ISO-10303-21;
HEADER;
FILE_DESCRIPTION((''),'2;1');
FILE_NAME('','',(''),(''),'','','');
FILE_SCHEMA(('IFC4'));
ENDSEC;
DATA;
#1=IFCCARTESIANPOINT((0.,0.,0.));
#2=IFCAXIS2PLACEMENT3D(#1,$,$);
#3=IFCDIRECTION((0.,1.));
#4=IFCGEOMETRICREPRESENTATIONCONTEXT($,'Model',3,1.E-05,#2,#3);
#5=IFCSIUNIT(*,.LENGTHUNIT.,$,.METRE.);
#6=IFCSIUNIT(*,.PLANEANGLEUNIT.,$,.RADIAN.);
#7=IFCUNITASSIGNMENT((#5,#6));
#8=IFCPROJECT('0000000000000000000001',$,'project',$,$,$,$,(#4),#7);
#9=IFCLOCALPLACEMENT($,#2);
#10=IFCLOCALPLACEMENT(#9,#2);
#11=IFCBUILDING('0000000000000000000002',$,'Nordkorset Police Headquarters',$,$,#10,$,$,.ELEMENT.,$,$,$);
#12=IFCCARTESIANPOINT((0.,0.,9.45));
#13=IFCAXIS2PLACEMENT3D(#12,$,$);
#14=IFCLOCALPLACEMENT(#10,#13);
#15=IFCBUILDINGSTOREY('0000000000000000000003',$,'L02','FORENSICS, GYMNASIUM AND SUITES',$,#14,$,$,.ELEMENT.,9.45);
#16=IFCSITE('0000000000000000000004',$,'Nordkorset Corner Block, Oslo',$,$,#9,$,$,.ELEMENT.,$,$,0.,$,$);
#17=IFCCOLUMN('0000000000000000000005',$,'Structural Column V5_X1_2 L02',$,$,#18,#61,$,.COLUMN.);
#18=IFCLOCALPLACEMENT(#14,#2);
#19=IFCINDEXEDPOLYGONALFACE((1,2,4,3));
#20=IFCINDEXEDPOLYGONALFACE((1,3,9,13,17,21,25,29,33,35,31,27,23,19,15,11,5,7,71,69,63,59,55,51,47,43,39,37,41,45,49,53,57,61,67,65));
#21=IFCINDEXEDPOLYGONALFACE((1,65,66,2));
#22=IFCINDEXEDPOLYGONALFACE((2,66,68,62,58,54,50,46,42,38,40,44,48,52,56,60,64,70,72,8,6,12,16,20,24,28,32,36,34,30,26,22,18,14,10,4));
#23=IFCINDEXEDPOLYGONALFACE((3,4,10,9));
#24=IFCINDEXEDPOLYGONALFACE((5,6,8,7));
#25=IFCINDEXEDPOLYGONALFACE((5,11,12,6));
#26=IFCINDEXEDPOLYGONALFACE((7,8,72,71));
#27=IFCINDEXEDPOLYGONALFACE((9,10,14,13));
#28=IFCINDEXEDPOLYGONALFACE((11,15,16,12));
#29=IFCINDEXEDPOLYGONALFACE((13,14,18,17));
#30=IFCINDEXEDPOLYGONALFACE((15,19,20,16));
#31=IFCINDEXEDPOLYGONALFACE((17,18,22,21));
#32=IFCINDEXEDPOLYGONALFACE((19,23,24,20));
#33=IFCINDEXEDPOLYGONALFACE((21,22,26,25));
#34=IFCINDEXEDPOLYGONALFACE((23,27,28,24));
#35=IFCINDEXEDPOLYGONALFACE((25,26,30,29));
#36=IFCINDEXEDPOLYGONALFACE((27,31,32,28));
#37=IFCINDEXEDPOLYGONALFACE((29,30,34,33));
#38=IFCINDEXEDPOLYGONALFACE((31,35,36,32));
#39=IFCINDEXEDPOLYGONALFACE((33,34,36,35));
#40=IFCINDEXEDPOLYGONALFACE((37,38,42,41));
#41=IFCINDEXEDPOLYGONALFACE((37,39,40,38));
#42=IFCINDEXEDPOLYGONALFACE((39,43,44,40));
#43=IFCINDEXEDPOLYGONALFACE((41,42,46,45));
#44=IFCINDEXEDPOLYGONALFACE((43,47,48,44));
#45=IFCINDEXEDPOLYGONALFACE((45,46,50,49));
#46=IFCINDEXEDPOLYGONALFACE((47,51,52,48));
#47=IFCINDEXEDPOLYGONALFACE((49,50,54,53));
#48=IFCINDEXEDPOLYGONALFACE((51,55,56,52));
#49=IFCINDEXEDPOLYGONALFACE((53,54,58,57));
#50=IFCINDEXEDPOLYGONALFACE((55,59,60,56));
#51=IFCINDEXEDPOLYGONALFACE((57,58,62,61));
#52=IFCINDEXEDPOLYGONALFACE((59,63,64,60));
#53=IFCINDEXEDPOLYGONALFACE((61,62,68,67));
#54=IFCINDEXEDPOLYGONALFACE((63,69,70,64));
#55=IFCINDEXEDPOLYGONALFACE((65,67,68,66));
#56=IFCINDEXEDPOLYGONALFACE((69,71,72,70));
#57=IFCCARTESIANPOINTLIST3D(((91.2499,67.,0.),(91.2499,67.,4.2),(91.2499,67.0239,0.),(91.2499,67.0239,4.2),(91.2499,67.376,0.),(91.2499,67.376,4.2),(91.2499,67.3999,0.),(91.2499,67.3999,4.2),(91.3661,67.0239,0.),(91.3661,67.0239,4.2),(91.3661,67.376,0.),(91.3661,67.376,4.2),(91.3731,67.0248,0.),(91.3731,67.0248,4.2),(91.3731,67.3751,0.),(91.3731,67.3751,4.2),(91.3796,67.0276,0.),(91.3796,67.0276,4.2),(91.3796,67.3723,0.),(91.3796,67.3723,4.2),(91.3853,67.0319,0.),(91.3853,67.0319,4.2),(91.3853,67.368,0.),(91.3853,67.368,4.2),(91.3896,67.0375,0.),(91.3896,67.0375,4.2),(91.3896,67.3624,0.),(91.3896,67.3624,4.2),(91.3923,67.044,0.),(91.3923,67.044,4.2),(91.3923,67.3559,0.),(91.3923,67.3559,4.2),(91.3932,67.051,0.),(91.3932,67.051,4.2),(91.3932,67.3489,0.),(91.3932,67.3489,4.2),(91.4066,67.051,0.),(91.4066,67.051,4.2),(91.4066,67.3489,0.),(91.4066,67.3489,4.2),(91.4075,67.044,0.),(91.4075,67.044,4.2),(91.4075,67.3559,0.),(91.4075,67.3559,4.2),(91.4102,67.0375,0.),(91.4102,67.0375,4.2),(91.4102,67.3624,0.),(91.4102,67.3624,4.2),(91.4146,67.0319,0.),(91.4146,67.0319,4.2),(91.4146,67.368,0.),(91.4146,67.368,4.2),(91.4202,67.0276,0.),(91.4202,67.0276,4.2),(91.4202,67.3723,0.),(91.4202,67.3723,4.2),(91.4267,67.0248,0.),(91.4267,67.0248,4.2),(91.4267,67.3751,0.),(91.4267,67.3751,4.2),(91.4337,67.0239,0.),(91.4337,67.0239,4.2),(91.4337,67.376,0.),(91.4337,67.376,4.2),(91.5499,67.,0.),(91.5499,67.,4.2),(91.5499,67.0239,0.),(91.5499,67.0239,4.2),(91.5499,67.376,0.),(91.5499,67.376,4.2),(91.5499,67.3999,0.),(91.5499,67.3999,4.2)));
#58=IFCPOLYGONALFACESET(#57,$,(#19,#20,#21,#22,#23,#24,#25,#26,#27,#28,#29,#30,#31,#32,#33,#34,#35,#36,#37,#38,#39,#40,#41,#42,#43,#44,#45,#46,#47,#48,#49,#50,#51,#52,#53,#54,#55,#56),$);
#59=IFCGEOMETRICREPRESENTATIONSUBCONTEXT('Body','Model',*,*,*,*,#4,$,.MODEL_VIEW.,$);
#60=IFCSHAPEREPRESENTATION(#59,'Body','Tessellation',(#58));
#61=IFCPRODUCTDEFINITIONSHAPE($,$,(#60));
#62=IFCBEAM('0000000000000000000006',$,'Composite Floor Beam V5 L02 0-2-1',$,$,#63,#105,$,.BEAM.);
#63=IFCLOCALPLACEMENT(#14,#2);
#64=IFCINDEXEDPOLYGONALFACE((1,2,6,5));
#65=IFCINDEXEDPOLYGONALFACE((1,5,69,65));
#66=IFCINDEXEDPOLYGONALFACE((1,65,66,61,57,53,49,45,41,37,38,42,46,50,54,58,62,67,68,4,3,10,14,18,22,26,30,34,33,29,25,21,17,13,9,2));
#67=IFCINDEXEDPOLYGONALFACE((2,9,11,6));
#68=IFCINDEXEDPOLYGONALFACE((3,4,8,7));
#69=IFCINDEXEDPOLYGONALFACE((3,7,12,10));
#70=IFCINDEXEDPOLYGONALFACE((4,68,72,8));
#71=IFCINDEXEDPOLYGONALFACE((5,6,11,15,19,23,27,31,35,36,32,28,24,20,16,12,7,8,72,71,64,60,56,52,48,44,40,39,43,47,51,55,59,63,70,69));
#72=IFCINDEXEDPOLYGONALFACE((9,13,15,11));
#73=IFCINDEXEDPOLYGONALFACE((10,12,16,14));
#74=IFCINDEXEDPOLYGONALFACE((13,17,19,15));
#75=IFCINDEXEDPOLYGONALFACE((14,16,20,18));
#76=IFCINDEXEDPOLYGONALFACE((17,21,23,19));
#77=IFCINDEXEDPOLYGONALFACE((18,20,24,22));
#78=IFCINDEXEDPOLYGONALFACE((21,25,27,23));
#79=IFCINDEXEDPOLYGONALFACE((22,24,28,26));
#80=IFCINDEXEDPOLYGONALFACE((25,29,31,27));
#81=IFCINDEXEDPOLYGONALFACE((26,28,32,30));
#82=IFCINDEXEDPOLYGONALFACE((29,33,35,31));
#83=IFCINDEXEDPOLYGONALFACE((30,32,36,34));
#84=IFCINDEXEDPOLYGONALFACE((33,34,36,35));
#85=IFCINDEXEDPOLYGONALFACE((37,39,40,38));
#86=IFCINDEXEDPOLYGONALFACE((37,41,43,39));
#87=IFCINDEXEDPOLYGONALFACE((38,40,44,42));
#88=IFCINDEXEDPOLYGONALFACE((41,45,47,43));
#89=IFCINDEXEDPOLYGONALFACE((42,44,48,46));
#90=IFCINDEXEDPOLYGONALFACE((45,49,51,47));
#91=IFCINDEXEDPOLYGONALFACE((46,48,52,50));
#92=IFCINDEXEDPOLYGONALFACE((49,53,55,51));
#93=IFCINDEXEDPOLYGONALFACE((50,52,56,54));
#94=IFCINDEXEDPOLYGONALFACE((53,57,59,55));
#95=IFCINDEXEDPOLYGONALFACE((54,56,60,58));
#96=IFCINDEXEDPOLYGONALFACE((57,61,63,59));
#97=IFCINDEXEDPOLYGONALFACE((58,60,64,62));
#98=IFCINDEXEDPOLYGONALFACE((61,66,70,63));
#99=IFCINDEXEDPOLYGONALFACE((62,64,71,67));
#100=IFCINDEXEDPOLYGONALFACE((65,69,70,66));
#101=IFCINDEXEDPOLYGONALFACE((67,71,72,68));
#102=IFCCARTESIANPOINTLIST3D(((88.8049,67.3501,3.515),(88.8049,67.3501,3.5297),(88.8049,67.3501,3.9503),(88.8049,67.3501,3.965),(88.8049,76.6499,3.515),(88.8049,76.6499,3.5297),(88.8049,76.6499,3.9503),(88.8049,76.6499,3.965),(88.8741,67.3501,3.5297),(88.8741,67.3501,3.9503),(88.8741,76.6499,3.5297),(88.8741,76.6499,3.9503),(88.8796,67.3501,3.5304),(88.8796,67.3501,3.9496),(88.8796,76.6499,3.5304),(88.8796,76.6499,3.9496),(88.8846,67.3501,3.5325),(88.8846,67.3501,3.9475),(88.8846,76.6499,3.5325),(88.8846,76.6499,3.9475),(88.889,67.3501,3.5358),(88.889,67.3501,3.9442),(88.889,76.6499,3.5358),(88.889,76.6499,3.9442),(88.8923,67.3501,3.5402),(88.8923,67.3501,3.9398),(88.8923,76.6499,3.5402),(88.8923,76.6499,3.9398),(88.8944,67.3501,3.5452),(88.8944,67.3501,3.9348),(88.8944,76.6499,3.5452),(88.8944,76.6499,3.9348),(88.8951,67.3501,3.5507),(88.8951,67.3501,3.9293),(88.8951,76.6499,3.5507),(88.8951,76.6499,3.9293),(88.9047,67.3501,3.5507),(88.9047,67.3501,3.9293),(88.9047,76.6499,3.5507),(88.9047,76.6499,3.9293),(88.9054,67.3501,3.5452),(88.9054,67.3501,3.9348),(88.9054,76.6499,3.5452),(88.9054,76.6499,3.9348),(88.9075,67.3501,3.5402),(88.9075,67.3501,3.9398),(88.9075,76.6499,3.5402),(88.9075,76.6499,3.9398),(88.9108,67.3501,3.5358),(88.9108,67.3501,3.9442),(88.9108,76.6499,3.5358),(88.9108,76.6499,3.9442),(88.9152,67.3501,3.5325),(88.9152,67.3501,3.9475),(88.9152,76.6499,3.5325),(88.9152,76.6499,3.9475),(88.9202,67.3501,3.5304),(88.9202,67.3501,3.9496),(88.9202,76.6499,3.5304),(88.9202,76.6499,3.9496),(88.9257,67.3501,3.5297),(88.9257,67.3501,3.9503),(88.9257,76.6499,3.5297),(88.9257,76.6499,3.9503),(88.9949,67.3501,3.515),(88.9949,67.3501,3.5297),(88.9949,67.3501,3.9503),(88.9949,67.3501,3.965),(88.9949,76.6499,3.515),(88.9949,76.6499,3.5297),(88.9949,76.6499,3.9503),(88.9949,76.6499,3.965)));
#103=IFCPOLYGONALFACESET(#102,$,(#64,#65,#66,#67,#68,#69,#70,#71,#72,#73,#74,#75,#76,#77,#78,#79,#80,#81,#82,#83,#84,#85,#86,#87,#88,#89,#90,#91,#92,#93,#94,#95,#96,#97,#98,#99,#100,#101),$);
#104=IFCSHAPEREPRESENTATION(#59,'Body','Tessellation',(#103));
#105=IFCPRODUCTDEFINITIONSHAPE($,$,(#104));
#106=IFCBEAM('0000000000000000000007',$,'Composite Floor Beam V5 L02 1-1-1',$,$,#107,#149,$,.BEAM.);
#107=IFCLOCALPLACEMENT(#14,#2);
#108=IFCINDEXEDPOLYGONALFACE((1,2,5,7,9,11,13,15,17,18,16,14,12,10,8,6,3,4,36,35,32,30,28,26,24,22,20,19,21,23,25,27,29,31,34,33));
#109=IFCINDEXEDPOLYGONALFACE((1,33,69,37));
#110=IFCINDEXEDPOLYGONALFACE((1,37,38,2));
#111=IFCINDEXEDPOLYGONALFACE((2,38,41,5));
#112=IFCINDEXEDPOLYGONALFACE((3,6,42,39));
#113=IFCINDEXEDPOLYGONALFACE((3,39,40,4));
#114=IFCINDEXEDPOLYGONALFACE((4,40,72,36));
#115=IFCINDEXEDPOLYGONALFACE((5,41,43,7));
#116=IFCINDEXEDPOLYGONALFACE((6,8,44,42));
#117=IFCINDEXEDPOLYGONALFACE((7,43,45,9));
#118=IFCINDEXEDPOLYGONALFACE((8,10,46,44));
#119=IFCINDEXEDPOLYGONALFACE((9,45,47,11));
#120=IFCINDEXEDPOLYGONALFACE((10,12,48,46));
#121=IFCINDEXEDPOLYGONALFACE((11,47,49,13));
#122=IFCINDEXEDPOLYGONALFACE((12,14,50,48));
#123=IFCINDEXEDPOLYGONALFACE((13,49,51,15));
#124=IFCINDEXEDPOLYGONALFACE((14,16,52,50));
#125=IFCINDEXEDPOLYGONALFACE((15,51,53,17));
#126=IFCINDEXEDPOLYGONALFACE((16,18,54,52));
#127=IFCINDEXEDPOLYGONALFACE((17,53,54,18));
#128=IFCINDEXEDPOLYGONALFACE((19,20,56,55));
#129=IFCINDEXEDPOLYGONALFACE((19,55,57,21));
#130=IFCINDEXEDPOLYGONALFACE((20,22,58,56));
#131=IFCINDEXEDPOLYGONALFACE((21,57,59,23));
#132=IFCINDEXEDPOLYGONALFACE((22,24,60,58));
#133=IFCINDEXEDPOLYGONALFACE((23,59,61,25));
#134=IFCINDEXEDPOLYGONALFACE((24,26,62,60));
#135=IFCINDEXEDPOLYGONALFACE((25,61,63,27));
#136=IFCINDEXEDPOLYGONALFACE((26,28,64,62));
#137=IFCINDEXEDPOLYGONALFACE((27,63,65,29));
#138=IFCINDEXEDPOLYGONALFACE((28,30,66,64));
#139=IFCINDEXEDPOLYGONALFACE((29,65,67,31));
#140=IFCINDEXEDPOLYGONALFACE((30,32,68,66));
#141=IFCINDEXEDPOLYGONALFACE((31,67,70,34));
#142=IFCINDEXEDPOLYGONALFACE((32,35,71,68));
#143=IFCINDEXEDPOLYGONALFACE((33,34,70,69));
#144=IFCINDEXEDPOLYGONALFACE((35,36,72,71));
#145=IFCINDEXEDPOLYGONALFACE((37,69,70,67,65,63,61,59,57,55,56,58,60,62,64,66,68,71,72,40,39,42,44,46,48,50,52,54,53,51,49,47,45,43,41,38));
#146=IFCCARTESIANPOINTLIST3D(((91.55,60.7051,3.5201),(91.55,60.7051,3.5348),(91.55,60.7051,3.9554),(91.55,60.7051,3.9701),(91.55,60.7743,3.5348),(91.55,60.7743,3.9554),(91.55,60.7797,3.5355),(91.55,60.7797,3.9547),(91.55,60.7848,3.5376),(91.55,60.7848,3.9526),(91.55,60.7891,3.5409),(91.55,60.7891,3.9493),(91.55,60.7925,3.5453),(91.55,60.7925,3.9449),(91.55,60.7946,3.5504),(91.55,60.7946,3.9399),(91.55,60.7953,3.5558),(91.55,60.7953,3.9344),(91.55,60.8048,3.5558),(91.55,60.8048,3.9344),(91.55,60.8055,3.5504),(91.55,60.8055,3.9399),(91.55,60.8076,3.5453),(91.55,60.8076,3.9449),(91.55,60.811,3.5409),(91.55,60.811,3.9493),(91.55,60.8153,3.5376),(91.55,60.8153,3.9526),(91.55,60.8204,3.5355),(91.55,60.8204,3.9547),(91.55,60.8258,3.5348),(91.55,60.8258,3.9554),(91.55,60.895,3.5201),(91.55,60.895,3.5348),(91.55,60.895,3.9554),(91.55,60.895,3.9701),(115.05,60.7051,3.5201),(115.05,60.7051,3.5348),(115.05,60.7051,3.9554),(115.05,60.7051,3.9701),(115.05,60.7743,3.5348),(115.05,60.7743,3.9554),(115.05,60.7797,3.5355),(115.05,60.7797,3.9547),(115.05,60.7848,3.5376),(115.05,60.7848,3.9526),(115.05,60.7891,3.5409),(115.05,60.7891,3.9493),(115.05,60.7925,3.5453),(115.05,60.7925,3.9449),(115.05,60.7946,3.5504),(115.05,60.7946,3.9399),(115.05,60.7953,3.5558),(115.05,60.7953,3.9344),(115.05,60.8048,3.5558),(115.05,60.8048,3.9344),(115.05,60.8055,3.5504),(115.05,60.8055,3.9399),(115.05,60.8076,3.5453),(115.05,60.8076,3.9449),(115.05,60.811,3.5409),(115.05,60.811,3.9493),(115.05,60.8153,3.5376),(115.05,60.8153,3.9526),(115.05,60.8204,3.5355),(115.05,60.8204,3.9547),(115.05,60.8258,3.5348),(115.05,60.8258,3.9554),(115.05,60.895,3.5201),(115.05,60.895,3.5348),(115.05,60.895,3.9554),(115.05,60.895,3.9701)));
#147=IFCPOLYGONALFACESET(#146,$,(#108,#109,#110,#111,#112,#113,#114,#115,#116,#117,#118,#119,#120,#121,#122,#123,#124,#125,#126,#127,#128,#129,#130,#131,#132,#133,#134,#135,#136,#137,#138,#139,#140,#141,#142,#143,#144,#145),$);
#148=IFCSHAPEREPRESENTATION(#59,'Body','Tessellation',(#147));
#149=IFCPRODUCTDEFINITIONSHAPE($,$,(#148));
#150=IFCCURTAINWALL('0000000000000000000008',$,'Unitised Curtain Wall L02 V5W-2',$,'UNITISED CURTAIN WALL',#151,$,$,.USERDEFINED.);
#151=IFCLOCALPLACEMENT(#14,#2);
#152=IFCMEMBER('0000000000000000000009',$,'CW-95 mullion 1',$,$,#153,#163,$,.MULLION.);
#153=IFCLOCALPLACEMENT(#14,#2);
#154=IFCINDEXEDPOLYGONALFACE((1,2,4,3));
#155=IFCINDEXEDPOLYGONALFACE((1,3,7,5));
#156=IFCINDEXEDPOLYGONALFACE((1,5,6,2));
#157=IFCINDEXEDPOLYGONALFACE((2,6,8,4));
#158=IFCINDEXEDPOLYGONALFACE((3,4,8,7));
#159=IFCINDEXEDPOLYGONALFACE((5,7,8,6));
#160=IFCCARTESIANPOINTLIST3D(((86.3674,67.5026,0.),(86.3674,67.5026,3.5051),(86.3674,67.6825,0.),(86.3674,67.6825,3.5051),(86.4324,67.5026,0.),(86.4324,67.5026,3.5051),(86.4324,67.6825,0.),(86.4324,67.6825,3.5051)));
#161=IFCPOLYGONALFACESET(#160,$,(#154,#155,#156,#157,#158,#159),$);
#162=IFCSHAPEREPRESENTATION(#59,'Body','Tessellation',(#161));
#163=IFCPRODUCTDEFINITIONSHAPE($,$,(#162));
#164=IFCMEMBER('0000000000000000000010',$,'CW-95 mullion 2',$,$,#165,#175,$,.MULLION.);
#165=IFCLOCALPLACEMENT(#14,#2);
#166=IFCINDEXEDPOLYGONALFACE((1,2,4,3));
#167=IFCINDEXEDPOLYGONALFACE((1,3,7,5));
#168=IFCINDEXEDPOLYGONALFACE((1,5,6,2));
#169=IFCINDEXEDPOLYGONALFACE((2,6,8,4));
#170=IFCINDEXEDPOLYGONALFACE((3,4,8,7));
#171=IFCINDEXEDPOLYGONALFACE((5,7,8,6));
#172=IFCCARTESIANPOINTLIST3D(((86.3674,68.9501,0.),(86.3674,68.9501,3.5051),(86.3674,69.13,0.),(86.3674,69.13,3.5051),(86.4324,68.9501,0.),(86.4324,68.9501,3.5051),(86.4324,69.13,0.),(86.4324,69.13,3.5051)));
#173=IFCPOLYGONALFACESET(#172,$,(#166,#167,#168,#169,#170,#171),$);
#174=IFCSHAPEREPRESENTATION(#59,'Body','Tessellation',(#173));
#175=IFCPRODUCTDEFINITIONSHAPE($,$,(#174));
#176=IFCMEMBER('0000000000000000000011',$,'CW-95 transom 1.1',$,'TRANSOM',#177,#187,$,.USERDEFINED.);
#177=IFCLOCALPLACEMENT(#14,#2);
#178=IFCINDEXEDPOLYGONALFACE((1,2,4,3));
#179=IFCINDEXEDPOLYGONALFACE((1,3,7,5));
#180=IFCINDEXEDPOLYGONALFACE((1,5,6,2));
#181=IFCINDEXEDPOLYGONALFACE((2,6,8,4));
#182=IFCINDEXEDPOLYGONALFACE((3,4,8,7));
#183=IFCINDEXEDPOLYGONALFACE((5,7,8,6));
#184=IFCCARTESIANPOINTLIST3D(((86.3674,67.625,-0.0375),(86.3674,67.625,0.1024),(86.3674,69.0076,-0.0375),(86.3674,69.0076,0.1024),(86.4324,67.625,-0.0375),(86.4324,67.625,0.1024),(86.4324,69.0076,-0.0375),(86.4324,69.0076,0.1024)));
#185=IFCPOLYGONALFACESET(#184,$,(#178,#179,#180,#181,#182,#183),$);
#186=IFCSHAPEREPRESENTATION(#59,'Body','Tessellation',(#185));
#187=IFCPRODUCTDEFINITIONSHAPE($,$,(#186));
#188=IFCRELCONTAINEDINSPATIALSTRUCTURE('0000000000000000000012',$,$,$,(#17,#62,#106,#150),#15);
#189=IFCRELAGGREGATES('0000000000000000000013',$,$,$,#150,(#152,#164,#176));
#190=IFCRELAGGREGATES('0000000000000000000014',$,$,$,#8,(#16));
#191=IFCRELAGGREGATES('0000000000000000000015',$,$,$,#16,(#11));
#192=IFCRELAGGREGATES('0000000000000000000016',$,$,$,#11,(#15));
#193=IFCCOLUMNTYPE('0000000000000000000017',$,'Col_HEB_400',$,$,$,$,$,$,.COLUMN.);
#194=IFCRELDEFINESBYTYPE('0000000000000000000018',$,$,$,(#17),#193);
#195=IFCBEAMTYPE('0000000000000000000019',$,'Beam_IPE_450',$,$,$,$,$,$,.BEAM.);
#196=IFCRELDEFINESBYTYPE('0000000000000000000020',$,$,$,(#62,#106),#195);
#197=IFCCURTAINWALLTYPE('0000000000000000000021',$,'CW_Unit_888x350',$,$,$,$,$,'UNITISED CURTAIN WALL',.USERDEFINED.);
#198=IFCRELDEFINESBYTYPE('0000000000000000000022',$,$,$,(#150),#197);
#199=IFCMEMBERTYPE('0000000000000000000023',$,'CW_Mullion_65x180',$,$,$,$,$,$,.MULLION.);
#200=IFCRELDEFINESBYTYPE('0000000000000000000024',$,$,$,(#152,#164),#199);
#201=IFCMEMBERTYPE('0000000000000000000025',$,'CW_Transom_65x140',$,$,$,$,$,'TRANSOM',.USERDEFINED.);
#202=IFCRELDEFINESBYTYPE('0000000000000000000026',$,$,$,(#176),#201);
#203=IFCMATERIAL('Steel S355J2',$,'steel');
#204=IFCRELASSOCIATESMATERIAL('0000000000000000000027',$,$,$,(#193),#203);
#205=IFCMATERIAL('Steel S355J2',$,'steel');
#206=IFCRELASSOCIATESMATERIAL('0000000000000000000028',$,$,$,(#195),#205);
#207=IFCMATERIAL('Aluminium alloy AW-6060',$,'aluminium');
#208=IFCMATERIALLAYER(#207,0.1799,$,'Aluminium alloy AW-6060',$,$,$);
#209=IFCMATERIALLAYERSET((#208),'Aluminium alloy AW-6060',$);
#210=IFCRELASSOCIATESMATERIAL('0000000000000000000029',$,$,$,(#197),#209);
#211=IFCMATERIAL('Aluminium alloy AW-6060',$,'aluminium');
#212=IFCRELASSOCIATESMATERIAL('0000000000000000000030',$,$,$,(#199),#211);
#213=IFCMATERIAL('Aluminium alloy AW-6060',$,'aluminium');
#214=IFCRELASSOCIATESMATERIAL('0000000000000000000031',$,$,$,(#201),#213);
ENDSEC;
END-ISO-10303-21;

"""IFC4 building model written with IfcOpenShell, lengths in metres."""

from ifc_helpers import new_model, si_unit, direction, frame, origin, origin_2d, place, context, subcontext, project, spatial, rectangle, i_section, extrude, material, layer, layer_set, material_profile, profile_set, type_object, element, aggregate, save


model = new_model("IFC4")

# Units and contexts
model_context = context("Model", 3, precision=1e-05, world=origin(), true_north=direction((0.0, 1.0)))
body_context = subcontext(model_context, "Body", "Model", "MODEL_VIEW")
ifc_project = project(units=[si_unit("LENGTHUNIT", "METRE"), si_unit("PLANEANGLEUNIT", "RADIAN")], contexts=[model_context])

# Site, building, storey
site_placement = place(None, origin())
site = spatial("IfcSite", under=ifc_project, at=site_placement, Name="Nordkorset Corner Block, Oslo", CompositionType="ELEMENT", RefElevation=0.0)
building_placement = place(site_placement, origin())
building = spatial("IfcBuilding", under=site, at=building_placement, Name="Nordkorset Police Headquarters", CompositionType="ELEMENT")
storey_placement = place(building_placement, frame((0.0, 0.0, 9.45)))
storey = spatial("IfcBuildingStorey", under=building, at=storey_placement, Name="L02", Description="FORENSICS, GYMNASIUM AND SUITES", CompositionType="ELEMENT", Elevation=9.45)

# Column
ifc_material_1 = material(Name="Steel S355J2", Category="steel")
ifc_material_profile_1 = material_profile(ifc_material_1, i_section(OverallWidth=0.3, OverallDepth=0.3999, WebThickness=0.0134, FlangeThickness=0.0239, FilletRadius=0.0271, at=origin_2d()), Name="HEB 400")
ifc_profile_set_1 = profile_set([ifc_material_profile_1], Name="Steel S355J2")
column_type = type_object("IfcColumnType", Name="Col_HEB_400", PredefinedType="COLUMN", material=ifc_profile_set_1)
column_placement = place(storey_placement, frame((91.3999, 67.2, 0.0), z_axis=(0.0, 0.0, 1.0), x_axis=(1.0, 0.0, 0.0)))
element("IfcColumn", 1, at=column_placement, inside=storey, type_object=column_type, Name="Structural Column V5_X1_2 L02", PredefinedType="COLUMN", context=body_context, shape_type="SweptSolid", body=[
    extrude(i_section(OverallWidth=0.3, OverallDepth=0.3999, WebThickness=0.0134, FlangeThickness=0.0239, FilletRadius=0.0271, at=origin_2d()), origin(), (0.0, 0.0, 1.0), 4.2),
])

# Beams
ifc_material_2 = material(Name="Steel S355J2", Category="steel")
ifc_material_profile_2 = material_profile(ifc_material_2, i_section(OverallWidth=0.1899, OverallDepth=0.45, WebThickness=0.0095, FlangeThickness=0.0146, FilletRadius=0.021, at=origin_2d()), Name="IPE 450")
ifc_profile_set_2 = profile_set([ifc_material_profile_2], Name="Steel S355J2")
beam_type_1 = type_object("IfcBeamType", Name="Beam_IPE_450", PredefinedType="BEAM", material=ifc_profile_set_2)
beam_1_placement = place(storey_placement, frame((88.8999, 67.3501, 3.74), z_axis=(0.0, 1.0, 0.0), x_axis=(-1.0, 0.0, 0.0)))
element("IfcBeam", 2, at=beam_1_placement, inside=storey, type_object=beam_type_1, Name="Composite Floor Beam V5 L02 0-2-1", PredefinedType="BEAM", context=body_context, shape_type="SweptSolid", body=[
    extrude(i_section(OverallWidth=0.1899, OverallDepth=0.45, WebThickness=0.0095, FlangeThickness=0.0146, FilletRadius=0.021, at=origin_2d()), origin(), (0.0, 0.0, 1.0), 9.2998),
])
beam_2_placement = place(storey_placement, frame((91.55, 60.8, 3.7451), z_axis=(1.0, 0.0, 0.0), x_axis=(0.0, 1.0, 0.0)))
element("IfcBeam", 3, at=beam_2_placement, inside=storey, type_object=beam_type_1, Name="Composite Floor Beam V5 L02 1-1-1", PredefinedType="BEAM", context=body_context, shape_type="SweptSolid", body=[
    extrude(i_section(OverallWidth=0.1899, OverallDepth=0.45, WebThickness=0.0095, FlangeThickness=0.0146, FilletRadius=0.021, at=origin_2d()), origin(), (0.0, 0.0, 1.0), 23.5),
])

# Curtain wall, members
ifc_material_3 = material(Name="Aluminium alloy AW-6060", Category="aluminium")
ifc_layer_1 = layer(ifc_material_3, 0.1799, Name="Aluminium alloy AW-6060")
ifc_layer_set_1 = layer_set([ifc_layer_1], Name="Aluminium alloy AW-6060")
curtain_wall_type = type_object("IfcCurtainWallType", Name="CW_Unit_888x350", ElementType="UNITISED CURTAIN WALL", PredefinedType="USERDEFINED", material=ifc_layer_set_1)
curtain_wall_placement = place(storey_placement, origin())
curtain_wall = element("IfcCurtainWall", 4, at=curtain_wall_placement, inside=storey, type_object=curtain_wall_type, Name="Unitised Curtain Wall L02 V5W-2", ObjectType="UNITISED CURTAIN WALL", PredefinedType="USERDEFINED")
ifc_material_4 = material(Name="Aluminium alloy AW-6060", Category="aluminium")
ifc_material_profile_3 = material_profile(ifc_material_4, rectangle(XDim=0.0649, YDim=0.1799, at=origin_2d()), Name="ALU MULL 65x180")
ifc_profile_set_3 = profile_set([ifc_material_profile_3], Name="Aluminium alloy AW-6060")
member_type_1 = type_object("IfcMemberType", Name="CW_Mullion_65x180", PredefinedType="MULLION", material=ifc_profile_set_3)
member_1_placement = place(storey_placement, frame((86.3999, 67.5925, 0.0), z_axis=(0.0, 0.0, 1.0), x_axis=(-1.0, 0.0, 0.0)))
member_1 = element("IfcMember", 5, at=member_1_placement, type_object=member_type_1, Name="CW-95 mullion 1", PredefinedType="MULLION", context=body_context, shape_type="SweptSolid", body=[
    extrude(rectangle(XDim=0.0649, YDim=0.1799, at=origin_2d()), origin(), (0.0, 0.0, 1.0), 3.5051),
])
member_2_placement = place(storey_placement, frame((86.3999, 69.04, 0.0), z_axis=(0.0, 0.0, 1.0), x_axis=(-1.0, 0.0, 0.0)))
member_2 = element("IfcMember", 6, at=member_2_placement, type_object=member_type_1, Name="CW-95 mullion 2", PredefinedType="MULLION", context=body_context, shape_type="SweptSolid", body=[
    extrude(rectangle(XDim=0.0649, YDim=0.1799, at=origin_2d()), origin(), (0.0, 0.0, 1.0), 3.5051),
])
ifc_material_5 = material(Name="Aluminium alloy AW-6060", Category="aluminium")
ifc_material_profile_4 = material_profile(ifc_material_5, rectangle(XDim=0.0649, YDim=0.1399, at=origin_2d()), Name="ALU TRAN 65x140")
ifc_profile_set_4 = profile_set([ifc_material_profile_4], Name="Aluminium alloy AW-6060")
member_type_2 = type_object("IfcMemberType", Name="CW_Transom_65x140", ElementType="TRANSOM", PredefinedType="USERDEFINED", material=ifc_profile_set_4)
member_3_placement = place(storey_placement, frame((86.3999, 67.625, 0.0325), z_axis=(0.0, 1.0, 0.0), x_axis=(-1.0, 0.0, 0.0)))
member_3 = element("IfcMember", 7, at=member_3_placement, type_object=member_type_2, Name="CW-95 transom 1.1", ObjectType="TRANSOM", PredefinedType="USERDEFINED", context=body_context, shape_type="SweptSolid", body=[
    extrude(rectangle(XDim=0.0649, YDim=0.1399, at=origin_2d()), origin(), (0.0, 0.0, 1.0), 1.3826),
])

aggregate(curtain_wall, [member_1, member_2, member_3])

save(model, "model.ifc")
